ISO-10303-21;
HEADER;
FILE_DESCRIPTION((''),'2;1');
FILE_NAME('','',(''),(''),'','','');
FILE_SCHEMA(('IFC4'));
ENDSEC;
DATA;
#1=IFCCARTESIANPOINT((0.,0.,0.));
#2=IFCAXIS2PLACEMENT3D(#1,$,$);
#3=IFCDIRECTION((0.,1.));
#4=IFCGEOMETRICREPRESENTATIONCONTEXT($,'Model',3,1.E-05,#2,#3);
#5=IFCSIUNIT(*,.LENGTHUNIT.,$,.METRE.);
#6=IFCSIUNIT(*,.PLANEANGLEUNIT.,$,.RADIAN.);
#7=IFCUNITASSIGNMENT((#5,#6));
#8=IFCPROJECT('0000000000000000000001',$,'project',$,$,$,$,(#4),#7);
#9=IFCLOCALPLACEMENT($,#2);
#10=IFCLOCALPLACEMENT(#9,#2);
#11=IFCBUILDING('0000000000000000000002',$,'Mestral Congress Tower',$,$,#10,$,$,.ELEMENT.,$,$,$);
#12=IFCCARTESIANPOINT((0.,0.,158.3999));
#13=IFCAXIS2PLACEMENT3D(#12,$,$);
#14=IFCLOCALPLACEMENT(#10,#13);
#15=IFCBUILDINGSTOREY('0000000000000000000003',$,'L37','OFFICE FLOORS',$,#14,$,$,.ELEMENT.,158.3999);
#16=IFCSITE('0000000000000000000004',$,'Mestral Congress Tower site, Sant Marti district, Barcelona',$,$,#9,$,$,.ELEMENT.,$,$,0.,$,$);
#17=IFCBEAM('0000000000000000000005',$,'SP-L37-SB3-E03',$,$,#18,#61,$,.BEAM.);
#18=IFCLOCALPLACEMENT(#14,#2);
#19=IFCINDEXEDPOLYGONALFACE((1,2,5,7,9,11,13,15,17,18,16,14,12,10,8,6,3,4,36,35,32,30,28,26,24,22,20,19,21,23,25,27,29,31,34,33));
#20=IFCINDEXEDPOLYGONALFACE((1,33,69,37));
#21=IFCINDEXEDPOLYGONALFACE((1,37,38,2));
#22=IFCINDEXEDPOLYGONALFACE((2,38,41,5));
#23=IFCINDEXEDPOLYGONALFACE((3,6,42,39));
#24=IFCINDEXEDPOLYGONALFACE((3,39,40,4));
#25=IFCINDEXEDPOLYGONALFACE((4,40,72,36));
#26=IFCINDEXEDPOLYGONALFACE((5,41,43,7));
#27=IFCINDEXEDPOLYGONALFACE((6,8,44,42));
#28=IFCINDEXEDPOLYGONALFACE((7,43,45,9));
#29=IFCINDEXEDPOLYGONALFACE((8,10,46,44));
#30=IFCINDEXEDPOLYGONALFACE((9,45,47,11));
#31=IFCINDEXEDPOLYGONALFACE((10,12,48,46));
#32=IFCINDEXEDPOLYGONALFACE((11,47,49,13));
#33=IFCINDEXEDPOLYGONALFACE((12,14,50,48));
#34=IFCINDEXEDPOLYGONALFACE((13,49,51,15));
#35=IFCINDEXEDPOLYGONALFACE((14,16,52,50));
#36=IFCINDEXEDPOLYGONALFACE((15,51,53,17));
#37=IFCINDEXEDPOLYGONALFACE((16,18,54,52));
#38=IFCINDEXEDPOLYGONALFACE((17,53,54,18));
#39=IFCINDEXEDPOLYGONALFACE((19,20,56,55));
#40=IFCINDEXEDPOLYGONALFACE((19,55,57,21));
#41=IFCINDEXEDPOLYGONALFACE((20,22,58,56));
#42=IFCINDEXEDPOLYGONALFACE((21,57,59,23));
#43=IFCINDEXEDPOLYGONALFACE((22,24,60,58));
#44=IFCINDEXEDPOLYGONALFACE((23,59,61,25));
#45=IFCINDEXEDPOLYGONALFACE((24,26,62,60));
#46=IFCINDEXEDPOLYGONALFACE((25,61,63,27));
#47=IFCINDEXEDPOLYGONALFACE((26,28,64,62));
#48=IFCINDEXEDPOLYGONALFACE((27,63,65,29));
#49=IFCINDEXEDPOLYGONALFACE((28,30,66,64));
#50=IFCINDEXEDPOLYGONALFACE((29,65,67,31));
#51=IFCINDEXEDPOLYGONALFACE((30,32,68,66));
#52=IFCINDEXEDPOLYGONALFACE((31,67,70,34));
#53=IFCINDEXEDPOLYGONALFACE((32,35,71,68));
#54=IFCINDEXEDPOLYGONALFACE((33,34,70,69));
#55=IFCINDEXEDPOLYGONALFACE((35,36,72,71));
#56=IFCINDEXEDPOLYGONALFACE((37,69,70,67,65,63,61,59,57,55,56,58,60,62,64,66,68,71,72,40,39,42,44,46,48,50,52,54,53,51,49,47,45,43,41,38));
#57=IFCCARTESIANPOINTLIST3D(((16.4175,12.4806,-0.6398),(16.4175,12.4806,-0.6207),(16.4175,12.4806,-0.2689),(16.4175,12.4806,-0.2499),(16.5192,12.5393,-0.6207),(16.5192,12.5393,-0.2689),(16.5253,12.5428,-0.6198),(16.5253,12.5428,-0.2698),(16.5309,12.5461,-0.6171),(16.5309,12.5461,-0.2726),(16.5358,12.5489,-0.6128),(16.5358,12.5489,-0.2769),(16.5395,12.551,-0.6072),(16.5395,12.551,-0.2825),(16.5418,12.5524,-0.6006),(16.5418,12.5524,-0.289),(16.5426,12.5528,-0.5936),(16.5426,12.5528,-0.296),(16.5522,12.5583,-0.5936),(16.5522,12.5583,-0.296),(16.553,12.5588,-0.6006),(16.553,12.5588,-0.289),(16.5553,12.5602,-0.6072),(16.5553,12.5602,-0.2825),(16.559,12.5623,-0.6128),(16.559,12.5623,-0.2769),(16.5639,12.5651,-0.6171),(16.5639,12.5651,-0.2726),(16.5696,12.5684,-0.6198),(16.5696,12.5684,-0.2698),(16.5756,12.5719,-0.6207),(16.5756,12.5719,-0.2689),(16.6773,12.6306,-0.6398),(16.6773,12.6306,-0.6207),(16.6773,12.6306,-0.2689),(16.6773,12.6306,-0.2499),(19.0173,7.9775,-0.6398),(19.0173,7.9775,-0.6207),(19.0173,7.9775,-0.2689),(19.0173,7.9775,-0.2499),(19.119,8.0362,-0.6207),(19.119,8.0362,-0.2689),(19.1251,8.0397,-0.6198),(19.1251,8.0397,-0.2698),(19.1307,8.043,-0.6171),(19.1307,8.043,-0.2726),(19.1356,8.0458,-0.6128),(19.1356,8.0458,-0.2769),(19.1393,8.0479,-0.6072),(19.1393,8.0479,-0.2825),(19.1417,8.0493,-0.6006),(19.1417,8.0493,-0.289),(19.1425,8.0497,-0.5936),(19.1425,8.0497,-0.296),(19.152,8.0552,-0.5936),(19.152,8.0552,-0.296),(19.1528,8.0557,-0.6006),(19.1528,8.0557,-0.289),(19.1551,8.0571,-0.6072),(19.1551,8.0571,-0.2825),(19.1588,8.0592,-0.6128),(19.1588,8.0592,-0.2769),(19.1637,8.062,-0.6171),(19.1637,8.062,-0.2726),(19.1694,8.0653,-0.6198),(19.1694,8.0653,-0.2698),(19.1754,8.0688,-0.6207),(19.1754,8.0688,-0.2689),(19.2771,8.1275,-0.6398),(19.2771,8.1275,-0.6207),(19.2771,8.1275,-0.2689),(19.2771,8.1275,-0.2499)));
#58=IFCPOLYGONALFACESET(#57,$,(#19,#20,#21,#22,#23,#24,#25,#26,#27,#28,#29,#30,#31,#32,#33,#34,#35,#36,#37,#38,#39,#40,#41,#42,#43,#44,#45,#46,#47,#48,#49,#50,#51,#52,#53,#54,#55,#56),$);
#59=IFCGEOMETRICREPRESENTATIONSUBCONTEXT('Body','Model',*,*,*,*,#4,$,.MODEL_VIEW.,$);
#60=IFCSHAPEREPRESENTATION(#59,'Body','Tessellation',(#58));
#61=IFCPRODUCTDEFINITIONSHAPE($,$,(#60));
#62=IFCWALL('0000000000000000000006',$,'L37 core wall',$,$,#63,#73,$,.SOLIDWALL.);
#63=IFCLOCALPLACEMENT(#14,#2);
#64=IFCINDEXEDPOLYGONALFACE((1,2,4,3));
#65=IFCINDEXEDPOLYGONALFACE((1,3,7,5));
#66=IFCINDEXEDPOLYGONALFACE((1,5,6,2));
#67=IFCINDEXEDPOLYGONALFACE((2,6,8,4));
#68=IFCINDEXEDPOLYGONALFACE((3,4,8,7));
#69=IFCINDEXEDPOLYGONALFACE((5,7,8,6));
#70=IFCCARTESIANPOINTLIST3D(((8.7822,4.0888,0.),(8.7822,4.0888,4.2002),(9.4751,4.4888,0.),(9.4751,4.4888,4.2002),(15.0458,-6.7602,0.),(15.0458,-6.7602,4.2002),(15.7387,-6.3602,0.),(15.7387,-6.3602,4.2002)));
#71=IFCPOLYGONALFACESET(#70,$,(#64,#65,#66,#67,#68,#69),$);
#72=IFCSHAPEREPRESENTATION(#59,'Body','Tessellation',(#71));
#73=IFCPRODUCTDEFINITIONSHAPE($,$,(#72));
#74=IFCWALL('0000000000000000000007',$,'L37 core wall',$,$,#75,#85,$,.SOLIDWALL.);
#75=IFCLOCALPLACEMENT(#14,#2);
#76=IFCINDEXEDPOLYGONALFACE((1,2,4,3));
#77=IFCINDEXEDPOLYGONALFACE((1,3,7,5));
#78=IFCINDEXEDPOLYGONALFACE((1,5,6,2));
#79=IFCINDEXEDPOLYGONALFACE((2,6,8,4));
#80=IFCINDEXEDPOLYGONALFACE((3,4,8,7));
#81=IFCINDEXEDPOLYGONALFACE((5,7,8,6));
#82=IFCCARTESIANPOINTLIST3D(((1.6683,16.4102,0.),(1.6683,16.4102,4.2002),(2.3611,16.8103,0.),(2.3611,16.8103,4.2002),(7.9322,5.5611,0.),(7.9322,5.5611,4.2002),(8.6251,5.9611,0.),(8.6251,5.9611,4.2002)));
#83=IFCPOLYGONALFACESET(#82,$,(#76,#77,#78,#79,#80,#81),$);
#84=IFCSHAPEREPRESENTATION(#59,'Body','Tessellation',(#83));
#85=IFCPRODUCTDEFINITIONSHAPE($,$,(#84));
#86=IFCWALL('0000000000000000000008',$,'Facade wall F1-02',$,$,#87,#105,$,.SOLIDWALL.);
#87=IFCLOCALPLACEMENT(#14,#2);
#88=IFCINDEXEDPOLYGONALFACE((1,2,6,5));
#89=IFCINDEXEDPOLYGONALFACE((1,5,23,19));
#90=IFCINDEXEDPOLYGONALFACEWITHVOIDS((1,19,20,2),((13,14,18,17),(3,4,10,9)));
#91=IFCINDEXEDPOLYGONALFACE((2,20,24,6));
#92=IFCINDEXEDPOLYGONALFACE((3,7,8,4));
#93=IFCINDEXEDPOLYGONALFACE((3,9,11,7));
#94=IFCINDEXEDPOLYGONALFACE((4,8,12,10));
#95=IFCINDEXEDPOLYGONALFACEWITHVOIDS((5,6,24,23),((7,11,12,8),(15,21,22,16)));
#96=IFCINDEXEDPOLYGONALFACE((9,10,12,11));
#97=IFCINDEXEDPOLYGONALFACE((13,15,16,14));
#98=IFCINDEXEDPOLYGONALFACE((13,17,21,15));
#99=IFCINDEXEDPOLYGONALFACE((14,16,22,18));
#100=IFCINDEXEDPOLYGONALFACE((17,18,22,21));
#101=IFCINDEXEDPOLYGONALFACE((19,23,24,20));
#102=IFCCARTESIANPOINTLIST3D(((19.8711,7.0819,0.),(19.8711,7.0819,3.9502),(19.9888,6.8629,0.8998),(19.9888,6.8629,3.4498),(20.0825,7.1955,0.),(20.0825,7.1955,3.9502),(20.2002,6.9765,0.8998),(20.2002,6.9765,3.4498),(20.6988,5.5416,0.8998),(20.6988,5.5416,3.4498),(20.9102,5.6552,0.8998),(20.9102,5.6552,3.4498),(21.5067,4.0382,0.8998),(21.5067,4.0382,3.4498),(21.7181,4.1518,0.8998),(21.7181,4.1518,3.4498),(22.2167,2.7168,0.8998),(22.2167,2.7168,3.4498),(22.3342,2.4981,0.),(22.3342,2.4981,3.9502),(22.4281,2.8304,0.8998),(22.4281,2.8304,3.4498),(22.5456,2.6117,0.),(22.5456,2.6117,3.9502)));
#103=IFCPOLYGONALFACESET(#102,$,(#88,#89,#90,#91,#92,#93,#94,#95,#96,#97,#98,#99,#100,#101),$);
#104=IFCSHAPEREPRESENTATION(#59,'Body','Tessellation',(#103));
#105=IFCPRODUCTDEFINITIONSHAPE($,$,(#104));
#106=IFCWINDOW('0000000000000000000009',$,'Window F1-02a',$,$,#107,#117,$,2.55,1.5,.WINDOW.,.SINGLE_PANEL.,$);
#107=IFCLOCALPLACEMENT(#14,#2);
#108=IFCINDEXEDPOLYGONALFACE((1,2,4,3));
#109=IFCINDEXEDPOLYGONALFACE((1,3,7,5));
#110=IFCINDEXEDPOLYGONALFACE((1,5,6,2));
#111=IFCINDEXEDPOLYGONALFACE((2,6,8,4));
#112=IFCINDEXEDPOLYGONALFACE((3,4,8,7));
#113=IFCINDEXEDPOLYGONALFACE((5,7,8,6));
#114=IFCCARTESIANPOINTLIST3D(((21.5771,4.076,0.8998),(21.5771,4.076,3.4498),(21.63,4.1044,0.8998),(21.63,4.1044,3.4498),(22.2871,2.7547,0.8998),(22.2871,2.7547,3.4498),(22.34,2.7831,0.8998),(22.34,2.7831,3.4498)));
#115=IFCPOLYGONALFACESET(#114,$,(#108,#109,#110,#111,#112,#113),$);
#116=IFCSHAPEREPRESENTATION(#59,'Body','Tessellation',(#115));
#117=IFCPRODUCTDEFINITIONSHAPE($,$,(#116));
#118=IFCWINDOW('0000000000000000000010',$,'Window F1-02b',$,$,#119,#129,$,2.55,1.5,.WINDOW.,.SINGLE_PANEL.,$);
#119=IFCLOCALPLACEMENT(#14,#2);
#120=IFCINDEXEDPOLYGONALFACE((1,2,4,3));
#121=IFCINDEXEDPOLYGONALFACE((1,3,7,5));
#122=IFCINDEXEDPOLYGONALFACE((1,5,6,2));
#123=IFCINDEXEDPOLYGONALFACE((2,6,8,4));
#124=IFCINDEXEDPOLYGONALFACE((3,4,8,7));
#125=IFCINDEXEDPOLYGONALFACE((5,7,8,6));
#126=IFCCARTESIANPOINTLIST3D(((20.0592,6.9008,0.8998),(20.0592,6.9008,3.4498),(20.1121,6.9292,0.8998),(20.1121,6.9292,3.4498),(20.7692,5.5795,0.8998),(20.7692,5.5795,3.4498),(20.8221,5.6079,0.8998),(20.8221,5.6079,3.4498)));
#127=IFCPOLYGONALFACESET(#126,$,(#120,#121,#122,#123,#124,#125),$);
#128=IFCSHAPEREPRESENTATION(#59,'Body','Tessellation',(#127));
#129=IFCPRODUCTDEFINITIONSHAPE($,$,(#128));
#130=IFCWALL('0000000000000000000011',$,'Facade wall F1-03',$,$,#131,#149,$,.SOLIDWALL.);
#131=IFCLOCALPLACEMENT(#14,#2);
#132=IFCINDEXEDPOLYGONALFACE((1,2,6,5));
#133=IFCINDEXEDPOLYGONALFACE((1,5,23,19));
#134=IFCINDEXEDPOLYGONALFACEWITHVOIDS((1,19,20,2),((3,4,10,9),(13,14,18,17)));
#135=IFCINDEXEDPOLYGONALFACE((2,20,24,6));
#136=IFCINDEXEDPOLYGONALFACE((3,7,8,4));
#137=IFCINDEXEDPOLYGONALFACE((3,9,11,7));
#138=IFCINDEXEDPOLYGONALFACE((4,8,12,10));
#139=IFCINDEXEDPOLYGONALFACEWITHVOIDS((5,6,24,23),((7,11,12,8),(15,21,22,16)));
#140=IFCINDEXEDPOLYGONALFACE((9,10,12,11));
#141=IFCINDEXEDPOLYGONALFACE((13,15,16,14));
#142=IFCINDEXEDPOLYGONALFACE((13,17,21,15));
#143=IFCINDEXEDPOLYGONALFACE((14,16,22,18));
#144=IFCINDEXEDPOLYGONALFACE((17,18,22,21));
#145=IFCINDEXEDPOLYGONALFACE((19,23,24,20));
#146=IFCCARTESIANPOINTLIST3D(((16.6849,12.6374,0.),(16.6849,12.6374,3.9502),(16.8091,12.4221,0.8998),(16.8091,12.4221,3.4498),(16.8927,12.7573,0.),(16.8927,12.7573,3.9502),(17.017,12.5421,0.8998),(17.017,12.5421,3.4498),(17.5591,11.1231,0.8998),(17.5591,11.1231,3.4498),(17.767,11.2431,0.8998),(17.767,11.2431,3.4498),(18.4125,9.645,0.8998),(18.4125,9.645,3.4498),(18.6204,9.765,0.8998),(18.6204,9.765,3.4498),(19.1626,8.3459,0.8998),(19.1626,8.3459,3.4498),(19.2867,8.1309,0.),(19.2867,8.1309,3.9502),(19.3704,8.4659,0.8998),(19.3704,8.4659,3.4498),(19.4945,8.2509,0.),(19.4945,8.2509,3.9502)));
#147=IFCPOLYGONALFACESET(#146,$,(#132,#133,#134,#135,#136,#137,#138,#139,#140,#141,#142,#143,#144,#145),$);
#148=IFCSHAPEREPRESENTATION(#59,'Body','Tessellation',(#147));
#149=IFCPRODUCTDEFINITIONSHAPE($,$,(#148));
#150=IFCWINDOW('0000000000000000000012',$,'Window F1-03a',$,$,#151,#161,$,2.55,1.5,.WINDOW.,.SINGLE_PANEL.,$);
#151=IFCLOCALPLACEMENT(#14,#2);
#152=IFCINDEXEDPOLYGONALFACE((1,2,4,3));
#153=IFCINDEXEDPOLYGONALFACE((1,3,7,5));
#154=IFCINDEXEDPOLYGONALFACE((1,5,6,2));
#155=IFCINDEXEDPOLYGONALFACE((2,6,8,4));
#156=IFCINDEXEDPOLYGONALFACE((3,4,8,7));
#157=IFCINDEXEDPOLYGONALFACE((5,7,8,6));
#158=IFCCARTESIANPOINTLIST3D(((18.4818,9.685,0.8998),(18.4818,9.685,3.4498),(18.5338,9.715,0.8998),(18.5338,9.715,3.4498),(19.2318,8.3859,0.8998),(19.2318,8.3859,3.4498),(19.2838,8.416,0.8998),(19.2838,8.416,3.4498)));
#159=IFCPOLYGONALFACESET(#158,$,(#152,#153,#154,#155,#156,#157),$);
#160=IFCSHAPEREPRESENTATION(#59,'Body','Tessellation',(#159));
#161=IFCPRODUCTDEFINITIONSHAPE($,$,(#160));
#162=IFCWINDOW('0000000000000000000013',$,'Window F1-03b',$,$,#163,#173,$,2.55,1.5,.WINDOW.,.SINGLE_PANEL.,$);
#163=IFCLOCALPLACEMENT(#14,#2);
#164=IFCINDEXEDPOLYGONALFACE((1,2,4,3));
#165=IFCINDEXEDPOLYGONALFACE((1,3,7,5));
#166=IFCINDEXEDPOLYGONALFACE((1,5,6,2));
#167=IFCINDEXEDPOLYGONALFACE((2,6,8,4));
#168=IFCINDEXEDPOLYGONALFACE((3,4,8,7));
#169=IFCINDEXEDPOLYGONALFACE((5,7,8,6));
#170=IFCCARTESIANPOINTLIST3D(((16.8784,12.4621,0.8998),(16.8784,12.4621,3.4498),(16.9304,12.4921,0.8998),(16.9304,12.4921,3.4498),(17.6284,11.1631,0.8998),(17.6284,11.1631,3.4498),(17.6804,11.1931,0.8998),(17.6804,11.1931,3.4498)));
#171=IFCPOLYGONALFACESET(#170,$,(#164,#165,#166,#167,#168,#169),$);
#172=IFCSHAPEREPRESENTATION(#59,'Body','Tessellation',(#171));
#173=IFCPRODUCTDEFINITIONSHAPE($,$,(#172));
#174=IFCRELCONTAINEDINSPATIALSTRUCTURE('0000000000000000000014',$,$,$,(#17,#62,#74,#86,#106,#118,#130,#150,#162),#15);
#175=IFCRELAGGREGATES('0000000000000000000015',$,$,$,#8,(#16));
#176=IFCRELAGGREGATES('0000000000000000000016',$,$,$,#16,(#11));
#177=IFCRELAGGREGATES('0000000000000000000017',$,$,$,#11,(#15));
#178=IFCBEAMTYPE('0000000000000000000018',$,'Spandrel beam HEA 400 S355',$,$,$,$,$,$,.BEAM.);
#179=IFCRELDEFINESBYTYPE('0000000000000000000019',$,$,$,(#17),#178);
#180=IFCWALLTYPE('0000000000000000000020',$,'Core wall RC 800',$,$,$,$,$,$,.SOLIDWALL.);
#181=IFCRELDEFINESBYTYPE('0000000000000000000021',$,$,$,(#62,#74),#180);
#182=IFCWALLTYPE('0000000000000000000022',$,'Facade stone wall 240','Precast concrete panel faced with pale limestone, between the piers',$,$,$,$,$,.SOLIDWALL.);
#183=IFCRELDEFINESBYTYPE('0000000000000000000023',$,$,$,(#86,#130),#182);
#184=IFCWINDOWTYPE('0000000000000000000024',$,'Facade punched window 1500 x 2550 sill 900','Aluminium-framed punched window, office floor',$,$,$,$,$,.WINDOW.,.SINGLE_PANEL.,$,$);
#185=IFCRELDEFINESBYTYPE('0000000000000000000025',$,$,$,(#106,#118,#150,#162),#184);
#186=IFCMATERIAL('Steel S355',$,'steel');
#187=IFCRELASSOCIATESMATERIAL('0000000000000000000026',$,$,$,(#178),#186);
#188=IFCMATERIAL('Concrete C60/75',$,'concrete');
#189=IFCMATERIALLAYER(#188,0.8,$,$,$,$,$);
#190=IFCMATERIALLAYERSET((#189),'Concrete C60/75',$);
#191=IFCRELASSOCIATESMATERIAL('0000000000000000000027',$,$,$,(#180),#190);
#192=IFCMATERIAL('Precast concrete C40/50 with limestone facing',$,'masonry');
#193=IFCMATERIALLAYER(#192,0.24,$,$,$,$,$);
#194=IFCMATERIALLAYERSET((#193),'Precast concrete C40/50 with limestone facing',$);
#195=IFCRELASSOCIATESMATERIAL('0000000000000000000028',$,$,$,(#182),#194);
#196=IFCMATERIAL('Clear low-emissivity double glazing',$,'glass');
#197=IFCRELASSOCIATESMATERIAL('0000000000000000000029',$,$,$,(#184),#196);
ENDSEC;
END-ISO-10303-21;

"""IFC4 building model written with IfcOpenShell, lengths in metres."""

from ifc_helpers import new_model, si_unit, direction, frame, frame_2d, origin, origin_2d, place, context, subcontext, project, spatial, rectangle, i_section, extrude, material, layer, layer_set, material_profile, profile_set, type_object, element, fill, save


model = new_model("IFC4")

# Units and contexts
model_context = context("Model", 3, precision=1e-05, world=origin(), true_north=direction((0.0, 1.0)))
body_context = subcontext(model_context, "Body", "Model", "MODEL_VIEW")
ifc_project = project(units=[si_unit("LENGTHUNIT", "METRE"), si_unit("PLANEANGLEUNIT", "RADIAN")], contexts=[model_context])

# Site, building, storey
site_placement = place(None, origin())
site = spatial("IfcSite", under=ifc_project, at=site_placement, Name="Mestral Congress Tower site, Sant Marti district, Barcelona", CompositionType="ELEMENT", RefElevation=0.0)
building_placement = place(site_placement, origin())
building = spatial("IfcBuilding", under=site, at=building_placement, Name="Mestral Congress Tower", CompositionType="ELEMENT")
storey_placement = place(building_placement, frame((0.0, 0.0, 158.3999)))
storey = spatial("IfcBuildingStorey", under=building, at=storey_placement, Name="L37", Description="OFFICE FLOORS", CompositionType="ELEMENT", Elevation=158.3999)

# Shared definitions
ifc_material_1 = material(Name="Concrete C60/75", Category="concrete")

# Beam
ifc_material_2 = material(Name="Steel S355", Category="steel")
ifc_material_profile_1 = material_profile(ifc_material_2, i_section(OverallWidth=0.3, OverallDepth=0.3899, WebThickness=0.011, FlangeThickness=0.019, FilletRadius=0.0271, at=origin_2d()), Name="HEA 400")
ifc_profile_set_1 = profile_set([ifc_material_profile_1], Name="Steel S355")
beam_type_1 = type_object("IfcBeamType", Name="Spandrel beam HEA 400 S355", PredefinedType="BEAM", material=ifc_profile_set_1)
for number, where, z_axis, x_axis, name in (
    (1, (19.1472, 8.0525, -0.4448), (-0.499992, 0.86603, 0.0), (-0.86603, -0.499992, 0.0), "SP-L37-SB3-E03"),
):
    element("IfcBeam", number, at=place(storey_placement, frame(where, z_axis=z_axis, x_axis=x_axis)), inside=storey, type_object=beam_type_1, Name=name, PredefinedType="BEAM", context=body_context, shape_type="SweptSolid", body=[
        extrude(i_section(OverallWidth=0.3, OverallDepth=0.3899, WebThickness=0.011, FlangeThickness=0.019, FilletRadius=0.0271, at=origin_2d()), origin(), (0.0, 0.0, 1.0), 5.1997),
    ])

# Walls
ifc_layer_1 = layer(ifc_material_1, 0.8)
ifc_layer_set_1 = layer_set([ifc_layer_1], Name="Concrete C60/75")
wall_type_1 = type_object("IfcWallType", Name="Core wall RC 800", PredefinedType="SOLIDWALL", material=ifc_layer_set_1)
wall_1_placement = place(storey_placement, frame((9.1287, 4.2888, 0.0), z_axis=(0.0, 0.0, 1.0), x_axis=(0.499996, -0.866028, 0.0)))
element("IfcWall", 2, at=wall_1_placement, inside=storey, type_object=wall_type_1, Name="L37 core wall", PredefinedType="SOLIDWALL", context=body_context, shape_type="SweptSolid", body=[
    extrude(rectangle(XDim=12.5273, YDim=0.8, at=frame_2d((6.2637, 0.0))), origin(), (0.0, 0.0, 1.0), 4.2002),
])
wall_2_placement = place(storey_placement, frame((8.2786, 5.7612, 0.0), z_axis=(0.0, 0.0, 1.0), x_axis=(-0.50001, 0.866019, 0.0)))
element("IfcWall", 3, at=wall_2_placement, inside=storey, type_object=wall_type_1, Name="L37 core wall", PredefinedType="SOLIDWALL", context=body_context, shape_type="SweptSolid", body=[
    extrude(rectangle(XDim=12.5276, YDim=0.8, at=frame_2d((6.2637, 0.0))), origin(), (0.0, 0.0, 1.0), 4.2002),
])

# Walls, openings, windows
ifc_material_3 = material(Name="Precast concrete C40/50 with limestone facing", Category="masonry")
ifc_layer_2 = layer(ifc_material_3, 0.24)
ifc_layer_set_2 = layer_set([ifc_layer_2], Name="Precast concrete C40/50 with limestone facing")
wall_type_2 = type_object("IfcWallType", Name="Facade stone wall 240", Description="Precast concrete panel faced with pale limestone, between the piers", PredefinedType="SOLIDWALL", material=ifc_layer_set_2)
wall_3_placement = place(storey_placement, frame((22.4399, 2.5549, 0.0), z_axis=(0.0, 0.0, 1.0), x_axis=(-0.47335, 0.880875, 0.0)))
wall_3 = element("IfcWall", 4, at=wall_3_placement, inside=storey, type_object=wall_type_2, Name="Facade wall F1-02", PredefinedType="SOLIDWALL", context=body_context, shape_type="SweptSolid", body=[
    extrude(rectangle(XDim=5.2036, YDim=0.24, at=frame_2d((2.6018, 0.0))), origin(), (0.0, 0.0, 1.0), 3.9502),
])
opening_1_placement = place(wall_3_placement, frame((0.2483, 0.0, 0.8999)))
opening_1 = element("IfcOpeningElement", 5, at=opening_1_placement, cuts=wall_3, PredefinedType="OPENING", context=body_context, shape_type="SweptSolid", body=[
    extrude(rectangle(XDim=1.5, YDim=2.55, at=frame_2d((0.75, 1.2749))), frame((0.0, 0.1299, 0.0), z_axis=(0.0, -1.0, 0.0), x_axis=(1.0, 0.0, 0.0)), (0.0, 0.0, 1.0), 0.26),
])
opening_2_placement = place(wall_3_placement, frame((3.4551, 0.0, 0.8999)))
opening_2 = element("IfcOpeningElement", 6, at=opening_2_placement, cuts=wall_3, PredefinedType="OPENING", context=body_context, shape_type="SweptSolid", body=[
    extrude(rectangle(XDim=1.5, YDim=2.55, at=frame_2d((0.75, 1.2749))), frame((0.0, 0.1299, 0.0), z_axis=(0.0, -1.0, 0.0), x_axis=(1.0, 0.0, 0.0)), (0.0, 0.0, 1.0), 0.26),
])
ifc_material_4 = material(Name="Clear low-emissivity double glazing", Category="glass")
window_type = type_object("IfcWindowType", Name="Facade punched window 1500 x 2550 sill 900", Description="Aluminium-framed punched window, office floor", PartitioningType="SINGLE_PANEL", PredefinedType="WINDOW", material=ifc_material_4)
window_1_placement = place(opening_1_placement, origin())
window_1 = element("IfcWindow", 7, at=window_1_placement, inside=storey, type_object=window_type, Name="Window F1-02a", OverallHeight=2.55, OverallWidth=1.5, PartitioningType="SINGLE_PANEL", PredefinedType="WINDOW", context=body_context, shape_type="SweptSolid", body=[
    extrude(rectangle(XDim=1.5, YDim=2.55, at=frame_2d((0.75, 1.2749))), frame((0.0, 0.04, 0.0), z_axis=(0.0, -1.0, 0.0), x_axis=(1.0, 0.0, 0.0)), (0.0, 0.0, 1.0), 0.0601),
])
fill(opening_1, window_1)
window_2_placement = place(opening_2_placement, origin())
window_2 = element("IfcWindow", 8, at=window_2_placement, inside=storey, type_object=window_type, Name="Window F1-02b", OverallHeight=2.55, OverallWidth=1.5, PartitioningType="SINGLE_PANEL", PredefinedType="WINDOW", context=body_context, shape_type="SweptSolid", body=[
    extrude(rectangle(XDim=1.5, YDim=2.55, at=frame_2d((0.75, 1.2749))), frame((0.0, 0.04, 0.0), z_axis=(0.0, -1.0, 0.0), x_axis=(1.0, 0.0, 0.0)), (0.0, 0.0, 1.0), 0.0601),
])
fill(opening_2, window_2)
wall_4_placement = place(storey_placement, frame((19.3906, 8.1909, 0.0), z_axis=(0.0, 0.0, 1.0), x_axis=(-0.500009, 0.86602, 0.0)))
wall_4 = element("IfcWall", 9, at=wall_4_placement, inside=storey, type_object=wall_type_2, Name="Facade wall F1-03", PredefinedType="SOLIDWALL", context=body_context, shape_type="SweptSolid", body=[
    extrude(rectangle(XDim=5.2036, YDim=0.24, at=frame_2d((2.6018, 0.0))), origin(), (0.0, 0.0, 1.0), 3.9502),
])
opening_3_placement = place(wall_4_placement, frame((0.2483, 0.0, 0.8999)))
opening_3 = element("IfcOpeningElement", 10, at=opening_3_placement, cuts=wall_4, PredefinedType="OPENING", context=body_context, shape_type="SweptSolid", body=[
    extrude(rectangle(XDim=1.5, YDim=2.55, at=frame_2d((0.75, 1.2749))), frame((0.0, 0.1299, 0.0), z_axis=(0.0, -1.0, 0.0), x_axis=(1.0, 0.0, 0.0)), (0.0, 0.0, 1.0), 0.26),
])
opening_4_placement = place(wall_4_placement, frame((3.4551, 0.0, 0.8999)))
opening_4 = element("IfcOpeningElement", 11, at=opening_4_placement, cuts=wall_4, PredefinedType="OPENING", context=body_context, shape_type="SweptSolid", body=[
    extrude(rectangle(XDim=1.5, YDim=2.55, at=frame_2d((0.75, 1.2749))), frame((0.0, 0.1299, 0.0), z_axis=(0.0, -1.0, 0.0), x_axis=(1.0, 0.0, 0.0)), (0.0, 0.0, 1.0), 0.26),
])
window_3_placement = place(opening_3_placement, origin())
window_3 = element("IfcWindow", 12, at=window_3_placement, inside=storey, type_object=window_type, Name="Window F1-03a", OverallHeight=2.55, OverallWidth=1.5, PartitioningType="SINGLE_PANEL", PredefinedType="WINDOW", context=body_context, shape_type="SweptSolid", body=[
    extrude(rectangle(XDim=1.5, YDim=2.55, at=frame_2d((0.75, 1.2749))), frame((0.0, 0.04, 0.0), z_axis=(0.0, -1.0, 0.0), x_axis=(1.0, 0.0, 0.0)), (0.0, 0.0, 1.0), 0.0601),
])
fill(opening_3, window_3)
window_4_placement = place(opening_4_placement, origin())
window_4 = element("IfcWindow", 13, at=window_4_placement, inside=storey, type_object=window_type, Name="Window F1-03b", OverallHeight=2.55, OverallWidth=1.5, PartitioningType="SINGLE_PANEL", PredefinedType="WINDOW", context=body_context, shape_type="SweptSolid", body=[
    extrude(rectangle(XDim=1.5, YDim=2.55, at=frame_2d((0.75, 1.2749))), frame((0.0, 0.04, 0.0), z_axis=(0.0, -1.0, 0.0), x_axis=(1.0, 0.0, 0.0)), (0.0, 0.0, 1.0), 0.0601),
])
fill(opening_4, window_4)

save(model, "model.ifc")
